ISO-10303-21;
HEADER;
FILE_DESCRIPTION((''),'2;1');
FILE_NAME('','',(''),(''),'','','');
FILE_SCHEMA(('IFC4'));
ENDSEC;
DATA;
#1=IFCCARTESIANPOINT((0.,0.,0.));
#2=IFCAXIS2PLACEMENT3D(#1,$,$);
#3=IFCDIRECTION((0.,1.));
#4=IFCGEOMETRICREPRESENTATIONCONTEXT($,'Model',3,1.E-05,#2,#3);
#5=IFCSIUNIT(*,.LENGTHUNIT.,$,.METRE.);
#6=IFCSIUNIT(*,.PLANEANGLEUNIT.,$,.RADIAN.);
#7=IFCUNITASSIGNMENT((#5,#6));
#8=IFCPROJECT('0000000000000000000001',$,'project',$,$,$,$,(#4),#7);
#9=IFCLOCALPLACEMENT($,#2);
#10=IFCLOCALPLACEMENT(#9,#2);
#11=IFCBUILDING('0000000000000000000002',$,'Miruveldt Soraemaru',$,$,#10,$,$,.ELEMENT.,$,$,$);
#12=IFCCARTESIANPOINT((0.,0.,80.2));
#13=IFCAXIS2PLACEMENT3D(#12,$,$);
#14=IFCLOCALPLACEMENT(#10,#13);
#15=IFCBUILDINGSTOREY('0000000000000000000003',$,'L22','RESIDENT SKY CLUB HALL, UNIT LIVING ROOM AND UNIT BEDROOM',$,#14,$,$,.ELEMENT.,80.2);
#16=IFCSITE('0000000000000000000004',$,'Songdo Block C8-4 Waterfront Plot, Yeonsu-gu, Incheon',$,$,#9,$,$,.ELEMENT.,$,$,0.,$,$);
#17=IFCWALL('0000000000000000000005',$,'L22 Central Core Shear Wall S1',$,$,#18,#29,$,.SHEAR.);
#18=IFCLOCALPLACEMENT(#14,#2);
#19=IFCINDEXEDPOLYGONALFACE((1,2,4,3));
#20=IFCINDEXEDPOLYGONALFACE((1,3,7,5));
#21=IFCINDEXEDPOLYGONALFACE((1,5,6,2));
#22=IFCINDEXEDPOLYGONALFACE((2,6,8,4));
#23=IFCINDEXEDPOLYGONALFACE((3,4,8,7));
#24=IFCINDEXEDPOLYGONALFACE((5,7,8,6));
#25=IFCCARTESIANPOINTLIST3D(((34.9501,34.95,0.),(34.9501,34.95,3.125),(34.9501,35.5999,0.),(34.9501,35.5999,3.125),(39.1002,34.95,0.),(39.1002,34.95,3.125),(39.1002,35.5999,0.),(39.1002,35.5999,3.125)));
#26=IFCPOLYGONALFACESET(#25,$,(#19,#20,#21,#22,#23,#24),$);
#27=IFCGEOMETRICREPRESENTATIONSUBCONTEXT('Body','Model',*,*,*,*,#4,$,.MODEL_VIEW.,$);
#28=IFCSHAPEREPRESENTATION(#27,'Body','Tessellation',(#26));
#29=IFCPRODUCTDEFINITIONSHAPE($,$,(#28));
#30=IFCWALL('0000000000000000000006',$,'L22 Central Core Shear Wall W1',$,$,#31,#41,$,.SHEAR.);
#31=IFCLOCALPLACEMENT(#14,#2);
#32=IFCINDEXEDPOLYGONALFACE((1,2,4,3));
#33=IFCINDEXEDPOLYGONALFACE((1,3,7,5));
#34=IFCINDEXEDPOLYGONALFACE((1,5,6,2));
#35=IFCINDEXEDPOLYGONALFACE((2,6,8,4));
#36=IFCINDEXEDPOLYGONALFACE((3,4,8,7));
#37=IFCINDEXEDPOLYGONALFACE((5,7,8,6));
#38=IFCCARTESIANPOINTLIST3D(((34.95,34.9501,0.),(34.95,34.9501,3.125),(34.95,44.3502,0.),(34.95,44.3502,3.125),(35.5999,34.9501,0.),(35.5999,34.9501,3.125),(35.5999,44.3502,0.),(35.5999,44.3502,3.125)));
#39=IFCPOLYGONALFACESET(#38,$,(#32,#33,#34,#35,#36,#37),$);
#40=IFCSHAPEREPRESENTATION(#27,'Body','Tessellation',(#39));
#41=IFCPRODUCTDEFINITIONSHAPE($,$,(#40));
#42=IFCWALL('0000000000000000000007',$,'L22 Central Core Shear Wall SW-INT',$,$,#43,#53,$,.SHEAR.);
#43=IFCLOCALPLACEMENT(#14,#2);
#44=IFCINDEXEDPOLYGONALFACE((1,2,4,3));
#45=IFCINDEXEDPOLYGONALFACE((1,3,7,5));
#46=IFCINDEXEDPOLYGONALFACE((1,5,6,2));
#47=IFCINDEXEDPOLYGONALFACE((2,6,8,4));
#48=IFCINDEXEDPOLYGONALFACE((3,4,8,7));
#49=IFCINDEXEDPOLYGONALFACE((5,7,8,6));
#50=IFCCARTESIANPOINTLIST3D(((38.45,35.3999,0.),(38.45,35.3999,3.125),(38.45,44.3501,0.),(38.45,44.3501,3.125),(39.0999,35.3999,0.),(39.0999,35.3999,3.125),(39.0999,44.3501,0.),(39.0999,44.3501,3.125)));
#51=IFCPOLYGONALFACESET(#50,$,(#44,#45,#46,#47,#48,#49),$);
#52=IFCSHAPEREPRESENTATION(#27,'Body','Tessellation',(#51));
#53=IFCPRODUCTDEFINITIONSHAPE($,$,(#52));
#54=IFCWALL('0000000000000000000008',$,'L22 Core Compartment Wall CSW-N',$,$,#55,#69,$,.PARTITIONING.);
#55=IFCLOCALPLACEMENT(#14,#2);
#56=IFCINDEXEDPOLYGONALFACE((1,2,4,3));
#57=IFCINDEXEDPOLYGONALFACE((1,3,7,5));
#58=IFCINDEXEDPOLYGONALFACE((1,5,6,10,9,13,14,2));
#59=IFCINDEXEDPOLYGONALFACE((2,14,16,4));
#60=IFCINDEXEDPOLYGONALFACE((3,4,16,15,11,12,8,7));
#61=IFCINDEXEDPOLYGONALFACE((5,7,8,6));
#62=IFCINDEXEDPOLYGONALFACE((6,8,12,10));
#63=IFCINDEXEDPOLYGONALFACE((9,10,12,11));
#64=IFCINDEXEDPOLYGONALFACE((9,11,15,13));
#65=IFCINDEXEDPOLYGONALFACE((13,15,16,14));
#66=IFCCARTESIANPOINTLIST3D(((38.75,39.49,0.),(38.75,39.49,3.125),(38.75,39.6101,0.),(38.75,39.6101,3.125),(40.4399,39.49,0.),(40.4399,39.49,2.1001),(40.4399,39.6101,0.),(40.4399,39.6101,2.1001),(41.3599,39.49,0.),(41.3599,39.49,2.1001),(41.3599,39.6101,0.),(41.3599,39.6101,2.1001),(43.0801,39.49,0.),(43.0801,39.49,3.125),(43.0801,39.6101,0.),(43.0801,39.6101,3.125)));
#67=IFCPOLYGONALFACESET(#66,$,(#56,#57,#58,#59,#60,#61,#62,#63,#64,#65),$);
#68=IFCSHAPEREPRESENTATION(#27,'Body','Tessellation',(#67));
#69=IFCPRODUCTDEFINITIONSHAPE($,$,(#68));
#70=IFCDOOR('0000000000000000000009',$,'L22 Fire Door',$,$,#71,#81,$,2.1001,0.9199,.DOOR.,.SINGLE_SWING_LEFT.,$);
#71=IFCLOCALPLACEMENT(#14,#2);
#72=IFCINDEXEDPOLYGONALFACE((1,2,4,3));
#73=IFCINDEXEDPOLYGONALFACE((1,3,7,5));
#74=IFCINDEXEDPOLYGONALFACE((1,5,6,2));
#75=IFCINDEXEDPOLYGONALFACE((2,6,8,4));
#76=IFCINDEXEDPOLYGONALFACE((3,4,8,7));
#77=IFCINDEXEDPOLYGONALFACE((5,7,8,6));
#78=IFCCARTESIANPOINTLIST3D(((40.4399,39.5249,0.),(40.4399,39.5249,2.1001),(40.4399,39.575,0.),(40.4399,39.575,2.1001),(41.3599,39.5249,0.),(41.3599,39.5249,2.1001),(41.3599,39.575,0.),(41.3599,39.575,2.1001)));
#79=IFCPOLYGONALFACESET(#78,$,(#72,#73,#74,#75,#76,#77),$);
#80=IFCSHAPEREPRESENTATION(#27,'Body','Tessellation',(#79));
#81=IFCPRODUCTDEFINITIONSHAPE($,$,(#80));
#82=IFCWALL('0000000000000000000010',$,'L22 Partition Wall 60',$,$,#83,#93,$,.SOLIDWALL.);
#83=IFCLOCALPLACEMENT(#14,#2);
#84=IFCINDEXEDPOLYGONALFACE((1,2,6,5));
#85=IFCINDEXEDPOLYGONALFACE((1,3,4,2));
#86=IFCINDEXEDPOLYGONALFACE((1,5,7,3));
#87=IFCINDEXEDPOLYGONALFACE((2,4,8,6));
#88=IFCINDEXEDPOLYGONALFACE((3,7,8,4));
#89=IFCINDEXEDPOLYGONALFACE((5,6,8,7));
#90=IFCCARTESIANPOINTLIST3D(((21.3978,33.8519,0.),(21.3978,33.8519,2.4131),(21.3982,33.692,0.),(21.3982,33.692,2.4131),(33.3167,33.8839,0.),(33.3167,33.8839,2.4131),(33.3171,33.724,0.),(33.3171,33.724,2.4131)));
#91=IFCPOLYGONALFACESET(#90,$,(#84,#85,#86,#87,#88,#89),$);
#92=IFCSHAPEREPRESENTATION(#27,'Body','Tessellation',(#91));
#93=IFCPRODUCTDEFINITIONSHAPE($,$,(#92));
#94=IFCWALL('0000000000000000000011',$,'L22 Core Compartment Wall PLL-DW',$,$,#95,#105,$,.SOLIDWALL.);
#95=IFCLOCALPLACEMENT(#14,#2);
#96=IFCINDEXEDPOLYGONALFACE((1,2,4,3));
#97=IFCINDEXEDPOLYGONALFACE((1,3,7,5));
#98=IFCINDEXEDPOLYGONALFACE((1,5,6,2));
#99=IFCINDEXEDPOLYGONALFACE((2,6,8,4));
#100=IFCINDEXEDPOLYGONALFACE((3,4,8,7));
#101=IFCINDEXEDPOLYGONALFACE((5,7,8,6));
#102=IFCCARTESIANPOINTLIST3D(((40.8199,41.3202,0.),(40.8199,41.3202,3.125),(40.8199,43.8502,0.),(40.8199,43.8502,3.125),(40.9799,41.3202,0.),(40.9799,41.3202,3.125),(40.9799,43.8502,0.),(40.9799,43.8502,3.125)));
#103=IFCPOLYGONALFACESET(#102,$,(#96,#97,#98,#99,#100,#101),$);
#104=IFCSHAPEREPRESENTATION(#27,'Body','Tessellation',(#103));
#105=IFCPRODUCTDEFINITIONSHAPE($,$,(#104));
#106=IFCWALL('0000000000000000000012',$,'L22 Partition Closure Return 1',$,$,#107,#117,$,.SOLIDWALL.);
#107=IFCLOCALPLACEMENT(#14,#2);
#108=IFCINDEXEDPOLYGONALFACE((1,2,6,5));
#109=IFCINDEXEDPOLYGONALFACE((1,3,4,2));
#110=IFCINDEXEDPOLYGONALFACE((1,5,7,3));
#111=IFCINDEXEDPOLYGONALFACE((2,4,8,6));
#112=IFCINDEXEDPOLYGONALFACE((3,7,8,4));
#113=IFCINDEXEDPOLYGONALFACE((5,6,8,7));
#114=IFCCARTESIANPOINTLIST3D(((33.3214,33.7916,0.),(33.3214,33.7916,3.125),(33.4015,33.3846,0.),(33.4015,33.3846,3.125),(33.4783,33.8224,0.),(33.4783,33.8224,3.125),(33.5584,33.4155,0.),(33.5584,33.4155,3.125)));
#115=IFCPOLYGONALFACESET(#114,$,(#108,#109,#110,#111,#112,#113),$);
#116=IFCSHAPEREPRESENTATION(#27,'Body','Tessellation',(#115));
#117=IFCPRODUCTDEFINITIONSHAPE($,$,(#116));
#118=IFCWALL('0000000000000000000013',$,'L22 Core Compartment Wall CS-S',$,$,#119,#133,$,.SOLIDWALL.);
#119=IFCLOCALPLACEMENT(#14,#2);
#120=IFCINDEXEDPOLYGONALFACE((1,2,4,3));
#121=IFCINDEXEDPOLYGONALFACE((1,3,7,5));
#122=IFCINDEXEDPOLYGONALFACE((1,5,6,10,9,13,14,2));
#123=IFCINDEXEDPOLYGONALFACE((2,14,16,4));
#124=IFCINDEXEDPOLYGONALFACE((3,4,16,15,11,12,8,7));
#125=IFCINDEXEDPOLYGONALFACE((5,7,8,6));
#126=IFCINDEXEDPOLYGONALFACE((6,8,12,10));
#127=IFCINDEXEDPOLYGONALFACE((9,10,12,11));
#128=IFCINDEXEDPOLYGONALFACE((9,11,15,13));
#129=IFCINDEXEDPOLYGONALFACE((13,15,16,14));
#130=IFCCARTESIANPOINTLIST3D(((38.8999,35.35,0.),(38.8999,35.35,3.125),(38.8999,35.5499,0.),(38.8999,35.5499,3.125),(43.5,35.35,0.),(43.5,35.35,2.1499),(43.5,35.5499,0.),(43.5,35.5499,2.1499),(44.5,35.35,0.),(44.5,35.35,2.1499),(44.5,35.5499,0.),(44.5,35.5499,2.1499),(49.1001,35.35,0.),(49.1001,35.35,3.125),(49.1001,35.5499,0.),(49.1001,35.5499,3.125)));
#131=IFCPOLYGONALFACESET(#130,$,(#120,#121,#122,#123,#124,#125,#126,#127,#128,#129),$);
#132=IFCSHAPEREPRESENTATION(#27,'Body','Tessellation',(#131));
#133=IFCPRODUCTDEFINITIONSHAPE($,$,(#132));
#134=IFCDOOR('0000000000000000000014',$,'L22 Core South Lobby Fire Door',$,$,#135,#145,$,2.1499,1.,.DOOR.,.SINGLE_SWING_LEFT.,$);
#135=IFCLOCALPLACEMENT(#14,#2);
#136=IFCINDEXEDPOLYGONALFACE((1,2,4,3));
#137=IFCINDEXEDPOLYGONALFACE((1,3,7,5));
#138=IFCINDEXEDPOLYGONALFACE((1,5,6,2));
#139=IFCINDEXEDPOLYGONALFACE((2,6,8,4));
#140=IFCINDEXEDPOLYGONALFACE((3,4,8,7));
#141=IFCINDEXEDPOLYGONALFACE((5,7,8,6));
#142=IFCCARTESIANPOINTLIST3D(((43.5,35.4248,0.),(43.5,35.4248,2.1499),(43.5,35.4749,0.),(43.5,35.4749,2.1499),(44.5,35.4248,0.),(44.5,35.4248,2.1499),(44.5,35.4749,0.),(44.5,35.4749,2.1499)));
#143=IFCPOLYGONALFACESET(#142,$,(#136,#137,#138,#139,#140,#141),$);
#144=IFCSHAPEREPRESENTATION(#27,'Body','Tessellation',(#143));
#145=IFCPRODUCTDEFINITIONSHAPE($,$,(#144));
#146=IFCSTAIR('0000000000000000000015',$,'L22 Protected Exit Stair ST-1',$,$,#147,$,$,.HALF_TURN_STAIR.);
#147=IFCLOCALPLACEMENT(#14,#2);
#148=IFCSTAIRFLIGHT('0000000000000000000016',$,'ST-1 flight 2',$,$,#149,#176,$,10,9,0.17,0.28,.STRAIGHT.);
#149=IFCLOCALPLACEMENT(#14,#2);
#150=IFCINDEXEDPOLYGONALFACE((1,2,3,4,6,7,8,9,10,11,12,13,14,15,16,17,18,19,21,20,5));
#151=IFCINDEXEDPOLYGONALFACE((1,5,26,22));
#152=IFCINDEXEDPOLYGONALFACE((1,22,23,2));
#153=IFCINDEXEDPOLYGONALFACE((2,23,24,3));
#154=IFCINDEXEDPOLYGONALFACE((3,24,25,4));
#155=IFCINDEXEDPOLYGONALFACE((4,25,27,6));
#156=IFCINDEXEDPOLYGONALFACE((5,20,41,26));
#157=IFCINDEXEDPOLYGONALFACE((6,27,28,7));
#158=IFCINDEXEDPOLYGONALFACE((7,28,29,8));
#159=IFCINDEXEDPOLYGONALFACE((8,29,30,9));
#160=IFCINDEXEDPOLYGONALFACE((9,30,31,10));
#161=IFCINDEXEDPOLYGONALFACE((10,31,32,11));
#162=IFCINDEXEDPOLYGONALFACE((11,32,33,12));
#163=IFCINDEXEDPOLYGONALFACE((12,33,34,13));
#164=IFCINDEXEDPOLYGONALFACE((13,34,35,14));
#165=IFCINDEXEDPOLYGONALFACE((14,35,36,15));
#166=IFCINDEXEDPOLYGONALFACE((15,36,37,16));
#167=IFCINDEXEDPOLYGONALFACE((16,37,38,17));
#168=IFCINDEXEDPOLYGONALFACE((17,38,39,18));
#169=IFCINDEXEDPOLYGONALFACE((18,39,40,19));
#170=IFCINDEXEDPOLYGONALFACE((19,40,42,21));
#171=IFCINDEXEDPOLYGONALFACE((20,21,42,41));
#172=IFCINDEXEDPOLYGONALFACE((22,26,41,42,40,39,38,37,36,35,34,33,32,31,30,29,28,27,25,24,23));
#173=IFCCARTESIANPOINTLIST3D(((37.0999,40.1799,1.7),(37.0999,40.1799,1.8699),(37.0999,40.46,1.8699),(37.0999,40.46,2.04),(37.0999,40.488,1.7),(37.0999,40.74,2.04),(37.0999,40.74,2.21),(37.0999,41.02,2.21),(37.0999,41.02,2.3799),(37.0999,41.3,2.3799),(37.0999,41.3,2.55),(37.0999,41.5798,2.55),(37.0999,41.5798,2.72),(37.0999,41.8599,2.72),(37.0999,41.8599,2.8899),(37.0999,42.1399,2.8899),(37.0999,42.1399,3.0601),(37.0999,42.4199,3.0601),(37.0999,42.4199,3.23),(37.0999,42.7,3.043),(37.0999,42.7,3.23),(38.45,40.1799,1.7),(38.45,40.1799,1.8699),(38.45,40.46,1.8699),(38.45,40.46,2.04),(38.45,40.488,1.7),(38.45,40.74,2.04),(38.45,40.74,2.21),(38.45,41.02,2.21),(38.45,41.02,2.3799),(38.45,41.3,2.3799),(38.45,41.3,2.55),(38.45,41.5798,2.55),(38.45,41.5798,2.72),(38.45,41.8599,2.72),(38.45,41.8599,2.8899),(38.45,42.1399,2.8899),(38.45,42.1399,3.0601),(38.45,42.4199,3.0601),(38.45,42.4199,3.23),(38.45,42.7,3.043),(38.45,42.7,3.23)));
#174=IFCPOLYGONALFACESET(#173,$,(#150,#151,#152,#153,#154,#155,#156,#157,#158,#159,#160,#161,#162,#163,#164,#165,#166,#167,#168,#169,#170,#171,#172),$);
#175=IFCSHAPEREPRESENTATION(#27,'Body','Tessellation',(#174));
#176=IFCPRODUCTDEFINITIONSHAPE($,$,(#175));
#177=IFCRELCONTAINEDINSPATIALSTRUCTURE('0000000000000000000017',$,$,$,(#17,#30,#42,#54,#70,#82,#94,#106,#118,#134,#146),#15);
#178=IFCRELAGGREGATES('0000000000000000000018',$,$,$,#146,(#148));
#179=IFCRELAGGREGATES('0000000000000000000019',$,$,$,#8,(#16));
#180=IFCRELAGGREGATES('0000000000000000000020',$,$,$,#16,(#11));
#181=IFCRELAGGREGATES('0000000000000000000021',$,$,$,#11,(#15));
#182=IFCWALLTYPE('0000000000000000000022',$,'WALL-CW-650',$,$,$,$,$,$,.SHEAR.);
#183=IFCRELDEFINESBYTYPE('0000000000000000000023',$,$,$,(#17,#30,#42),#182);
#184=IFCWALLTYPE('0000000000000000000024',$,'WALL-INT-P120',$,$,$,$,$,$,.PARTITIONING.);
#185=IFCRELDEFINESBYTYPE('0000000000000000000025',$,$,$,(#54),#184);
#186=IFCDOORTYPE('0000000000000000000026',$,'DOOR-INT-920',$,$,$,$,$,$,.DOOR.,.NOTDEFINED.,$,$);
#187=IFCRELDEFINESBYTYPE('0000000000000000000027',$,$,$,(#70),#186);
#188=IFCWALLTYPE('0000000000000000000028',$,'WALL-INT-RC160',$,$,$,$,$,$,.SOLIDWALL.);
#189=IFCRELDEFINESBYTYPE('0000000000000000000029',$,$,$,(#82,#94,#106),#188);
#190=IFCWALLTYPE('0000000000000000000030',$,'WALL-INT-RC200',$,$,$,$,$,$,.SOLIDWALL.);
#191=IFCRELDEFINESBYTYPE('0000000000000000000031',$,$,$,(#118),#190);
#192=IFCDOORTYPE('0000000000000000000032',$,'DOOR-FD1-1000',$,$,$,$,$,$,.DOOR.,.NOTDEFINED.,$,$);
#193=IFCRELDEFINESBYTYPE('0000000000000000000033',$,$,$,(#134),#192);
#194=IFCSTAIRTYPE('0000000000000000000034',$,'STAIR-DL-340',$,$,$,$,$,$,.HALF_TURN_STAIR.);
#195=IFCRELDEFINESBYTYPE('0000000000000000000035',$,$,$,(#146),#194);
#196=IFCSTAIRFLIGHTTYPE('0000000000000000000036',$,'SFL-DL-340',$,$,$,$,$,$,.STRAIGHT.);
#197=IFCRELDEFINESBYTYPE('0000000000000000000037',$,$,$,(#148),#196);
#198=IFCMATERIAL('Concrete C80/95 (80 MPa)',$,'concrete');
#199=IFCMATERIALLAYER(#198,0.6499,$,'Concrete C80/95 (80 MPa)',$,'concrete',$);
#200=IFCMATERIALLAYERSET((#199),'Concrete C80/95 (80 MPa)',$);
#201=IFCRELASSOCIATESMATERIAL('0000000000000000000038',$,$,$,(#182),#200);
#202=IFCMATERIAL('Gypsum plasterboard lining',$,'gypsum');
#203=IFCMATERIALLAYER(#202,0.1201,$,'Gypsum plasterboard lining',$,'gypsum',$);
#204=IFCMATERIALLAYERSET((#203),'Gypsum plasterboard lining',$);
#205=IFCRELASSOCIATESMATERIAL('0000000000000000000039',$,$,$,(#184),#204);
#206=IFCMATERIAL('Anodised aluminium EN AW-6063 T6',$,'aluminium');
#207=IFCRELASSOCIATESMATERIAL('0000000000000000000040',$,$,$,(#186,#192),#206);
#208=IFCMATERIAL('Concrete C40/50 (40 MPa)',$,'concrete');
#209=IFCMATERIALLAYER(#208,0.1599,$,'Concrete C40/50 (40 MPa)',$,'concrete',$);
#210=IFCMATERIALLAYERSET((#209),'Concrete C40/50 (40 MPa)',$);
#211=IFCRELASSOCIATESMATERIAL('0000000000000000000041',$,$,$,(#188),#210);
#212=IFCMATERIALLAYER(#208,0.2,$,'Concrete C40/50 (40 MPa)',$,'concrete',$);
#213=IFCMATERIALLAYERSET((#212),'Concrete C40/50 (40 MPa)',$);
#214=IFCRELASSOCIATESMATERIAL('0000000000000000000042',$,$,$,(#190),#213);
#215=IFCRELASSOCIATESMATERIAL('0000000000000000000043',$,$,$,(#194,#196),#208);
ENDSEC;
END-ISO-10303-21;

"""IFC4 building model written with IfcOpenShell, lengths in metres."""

from ifc_helpers import new_model, si_unit, direction, frame, frame_2d, origin, place, context, subcontext, project, spatial, polyline, rectangle, outline, extrude, material, layer, layer_set, type_object, element, fill, aggregate, save


model = new_model("IFC4")

# Units and contexts
model_context = context("Model", 3, precision=1e-05, world=origin(), true_north=direction((0.0, 1.0)))
body_context = subcontext(model_context, "Body", "Model", "MODEL_VIEW")
ifc_project = project(units=[si_unit("LENGTHUNIT", "METRE"), si_unit("PLANEANGLEUNIT", "RADIAN")], contexts=[model_context])

# Site, building, storey
site_placement = place(None, origin())
site = spatial("IfcSite", under=ifc_project, at=site_placement, Name="Songdo Block C8-4 Waterfront Plot, Yeonsu-gu, Incheon", CompositionType="ELEMENT", RefElevation=0.0)
building_placement = place(site_placement, origin())
building = spatial("IfcBuilding", under=site, at=building_placement, Name="Miruveldt Soraemaru", CompositionType="ELEMENT")
storey_placement = place(building_placement, frame((0.0, 0.0, 80.2)))
storey = spatial("IfcBuildingStorey", under=building, at=storey_placement, Name="L22", Description="RESIDENT SKY CLUB HALL, UNIT LIVING ROOM AND UNIT BEDROOM", CompositionType="ELEMENT", Elevation=80.2)

# Shared definitions
ifc_material_1 = material(Name="Anodised aluminium EN AW-6063 T6", Category="aluminium")

# Walls
ifc_material_2 = material(Name="Concrete C80/95 (80 MPa)", Category="concrete")
ifc_layer_1 = layer(ifc_material_2, 0.6499, Name="Concrete C80/95 (80 MPa)", Category="concrete")
ifc_layer_set_1 = layer_set([ifc_layer_1], Name="Concrete C80/95 (80 MPa)")
wall_type_1 = type_object("IfcWallType", Name="WALL-CW-650", PredefinedType="SHEAR", material=ifc_layer_set_1)
wall_1_placement = place(storey_placement, frame((34.95, 35.2749, 0.0), z_axis=(0.0, 0.0, 1.0), x_axis=(1.0, 0.0, 0.0)))
element("IfcWall", 1, at=wall_1_placement, inside=storey, type_object=wall_type_1, Name="L22 Central Core Shear Wall S1", PredefinedType="SHEAR", context=body_context, shape_type="SweptSolid", body=[
    extrude(rectangle(XDim=4.1501, YDim=0.6499, at=frame_2d((2.0752, 0.0))), origin(), (0.0, 0.0, 1.0), 3.125),
])
wall_2_placement = place(storey_placement, frame((35.2749, 34.95, 0.0), z_axis=(0.0, 0.0, 1.0), x_axis=(0.0, 1.0, 0.0)))
element("IfcWall", 2, at=wall_2_placement, inside=storey, type_object=wall_type_1, Name="L22 Central Core Shear Wall W1", PredefinedType="SHEAR", context=body_context, shape_type="SweptSolid", body=[
    extrude(rectangle(XDim=9.4001, YDim=0.6499, at=frame_2d((4.7002, 0.0))), origin(), (0.0, 0.0, 1.0), 3.125),
])
wall_3_placement = place(storey_placement, frame((38.7749, 35.3999, 0.0), z_axis=(0.0, 0.0, 1.0), x_axis=(0.0, 1.0, 0.0)))
element("IfcWall", 3, at=wall_3_placement, inside=storey, type_object=wall_type_1, Name="L22 Central Core Shear Wall SW-INT", PredefinedType="SHEAR", context=body_context, shape_type="SweptSolid", body=[
    extrude(rectangle(XDim=8.9502, YDim=0.6499, at=frame_2d((4.4751, 0.0))), origin(), (0.0, 0.0, 1.0), 3.125),
])

# Wall, opening, door
ifc_material_3 = material(Name="Gypsum plasterboard lining", Category="gypsum")
ifc_layer_2 = layer(ifc_material_3, 0.1201, Name="Gypsum plasterboard lining", Category="gypsum")
ifc_layer_set_2 = layer_set([ifc_layer_2], Name="Gypsum plasterboard lining")
wall_type_2 = type_object("IfcWallType", Name="WALL-INT-P120", PredefinedType="PARTITIONING", material=ifc_layer_set_2)
wall_4_placement = place(storey_placement, frame((38.75, 39.55, 0.0), z_axis=(0.0, 0.0, 1.0), x_axis=(1.0, 0.0, 0.0)))
wall_4 = element("IfcWall", 4, at=wall_4_placement, inside=storey, type_object=wall_type_2, Name="L22 Core Compartment Wall CSW-N", PredefinedType="PARTITIONING", context=body_context, shape_type="SweptSolid", body=[
    extrude(rectangle(XDim=4.3301, YDim=0.1201, at=frame_2d((2.165, 0.0))), origin(), (0.0, 0.0, 1.0), 3.125),
])
opening_1_placement = place(wall_4_placement, frame((1.6899, 0.0, 0.0)))
opening_1 = element("IfcOpeningElement", 5, at=opening_1_placement, cuts=wall_4, PredefinedType="OPENING", context=body_context, shape_type="SweptSolid", body=[
    extrude(rectangle(XDim=0.9199, YDim=2.1001, at=frame_2d((0.46, 1.05))), frame((0.0, 0.0701, 0.0), z_axis=(0.0, -1.0, 0.0), x_axis=(1.0, 0.0, 0.0)), (0.0, 0.0, 1.0), 0.1401),
])
door_type_1 = type_object("IfcDoorType", Name="DOOR-INT-920", OperationType="NOTDEFINED", PredefinedType="DOOR", material=ifc_material_1)
door_1_placement = place(opening_1_placement, origin())
door_1 = element("IfcDoor", 6, at=door_1_placement, inside=storey, type_object=door_type_1, Name="L22 Fire Door", OperationType="SINGLE_SWING_LEFT", OverallHeight=2.1001, OverallWidth=0.9199, PredefinedType="DOOR", context=body_context, shape_type="SweptSolid", body=[
    extrude(rectangle(XDim=0.9199, YDim=2.1001, at=frame_2d((0.46, 1.05))), frame((0.0, 0.0249, 0.0), z_axis=(0.0, -1.0, 0.0), x_axis=(1.0, 0.0, 0.0)), (0.0, 0.0, 1.0), 0.05),
])
fill(opening_1, door_1)

# Walls
ifc_material_4 = material(Name="Concrete C40/50 (40 MPa)", Category="concrete")
ifc_layer_3 = layer(ifc_material_4, 0.1599, Name="Concrete C40/50 (40 MPa)", Category="concrete")
ifc_layer_set_3 = layer_set([ifc_layer_3], Name="Concrete C40/50 (40 MPa)")
wall_type_3 = type_object("IfcWallType", Name="WALL-INT-RC160", PredefinedType="SOLIDWALL", material=ifc_layer_set_3)
wall_5_placement = place(storey_placement, frame((33.3169, 33.804, 0.0), z_axis=(0.0, 0.0, 1.0), x_axis=(-0.999996, -0.002683, 0.0)))
element("IfcWall", 7, at=wall_5_placement, inside=storey, type_object=wall_type_3, Name="L22 Partition Wall 60", PredefinedType="SOLIDWALL", context=body_context, shape_type="SweptSolid", body=[
    extrude(rectangle(XDim=11.9189, YDim=0.1599, at=frame_2d((5.9595, 0.0))), origin(), (0.0, 0.0, 1.0), 2.4131),
])
wall_6_placement = place(storey_placement, frame((40.8999, 41.3201, 0.0), z_axis=(0.0, 0.0, 1.0), x_axis=(0.0, 1.0, 0.0)))
element("IfcWall", 8, at=wall_6_placement, inside=storey, type_object=wall_type_3, Name="L22 Core Compartment Wall PLL-DW", PredefinedType="SOLIDWALL", context=body_context, shape_type="SweptSolid", body=[
    extrude(rectangle(XDim=2.53, YDim=0.1599, at=frame_2d((1.2651, 0.0))), origin(), (0.0, 0.0, 1.0), 3.125),
])
wall_7_placement = place(storey_placement, frame((33.48, 33.3999, 0.0), z_axis=(0.0, 0.0, 1.0), x_axis=(-0.193059, 0.981187, 0.0)))
element("IfcWall", 9, at=wall_7_placement, inside=storey, type_object=wall_type_3, Name="L22 Partition Closure Return 1", PredefinedType="SOLIDWALL", context=body_context, shape_type="SweptSolid", body=[
    extrude(rectangle(XDim=0.4148, YDim=0.1599, at=frame_2d((0.2075, 0.0))), origin(), (0.0, 0.0, 1.0), 3.125),
])

# Wall, opening, door
ifc_layer_4 = layer(ifc_material_4, 0.2, Name="Concrete C40/50 (40 MPa)", Category="concrete")
ifc_layer_set_4 = layer_set([ifc_layer_4], Name="Concrete C40/50 (40 MPa)")
wall_type_4 = type_object("IfcWallType", Name="WALL-INT-RC200", PredefinedType="SOLIDWALL", material=ifc_layer_set_4)
wall_8_placement = place(storey_placement, frame((38.8999, 35.45, 0.0), z_axis=(0.0, 0.0, 1.0), x_axis=(1.0, 0.0, 0.0)))
wall_8 = element("IfcWall", 10, at=wall_8_placement, inside=storey, type_object=wall_type_4, Name="L22 Core Compartment Wall CS-S", PredefinedType="SOLIDWALL", context=body_context, shape_type="SweptSolid", body=[
    extrude(rectangle(XDim=10.2002, YDim=0.2, at=frame_2d((5.1001, 0.0))), origin(), (0.0, 0.0, 1.0), 3.125),
])
opening_2_placement = place(wall_8_placement, frame((4.6001, 0.0, 0.0)))
opening_2 = element("IfcOpeningElement", 11, at=opening_2_placement, cuts=wall_8, PredefinedType="OPENING", context=body_context, shape_type="SweptSolid", body=[
    extrude(rectangle(XDim=1.0, YDim=2.1499, at=frame_2d((0.5, 1.075))), frame((0.0, 0.1099, 0.0), z_axis=(0.0, -1.0, 0.0), x_axis=(1.0, 0.0, 0.0)), (0.0, 0.0, 1.0), 0.22),
])
door_type_2 = type_object("IfcDoorType", Name="DOOR-FD1-1000", OperationType="NOTDEFINED", PredefinedType="DOOR", material=ifc_material_1)
door_2_placement = place(opening_2_placement, origin())
door_2 = element("IfcDoor", 12, at=door_2_placement, inside=storey, type_object=door_type_2, Name="L22 Core South Lobby Fire Door", OperationType="SINGLE_SWING_LEFT", OverallHeight=2.1499, OverallWidth=1.0, PredefinedType="DOOR", context=body_context, shape_type="SweptSolid", body=[
    extrude(rectangle(XDim=1.0, YDim=2.1499, at=frame_2d((0.5, 1.075))), frame((0.0, 0.0249, 0.0), z_axis=(0.0, -1.0, 0.0), x_axis=(1.0, 0.0, 0.0)), (0.0, 0.0, 1.0), 0.05),
])
fill(opening_2, door_2)

# Stair, stair flight
stair_type = type_object("IfcStairType", Name="STAIR-DL-340", PredefinedType="HALF_TURN_STAIR", material=ifc_material_4)
stair_placement = place(storey_placement, origin())
stair = element("IfcStair", 13, at=stair_placement, inside=storey, type_object=stair_type, Name="L22 Protected Exit Stair ST-1", PredefinedType="HALF_TURN_STAIR")
stair_flight_type = type_object("IfcStairFlightType", Name="SFL-DL-340", PredefinedType="STRAIGHT", material=ifc_material_4)
stair_flight_placement = place(storey_placement, frame((37.7749, 40.1799, 1.7), z_axis=(0.0, 0.0, 1.0), x_axis=(0.0, 1.0, 0.0)))
stair_flight = element("IfcStairFlight", 14, at=stair_flight_placement, type_object=stair_flight_type, Name="ST-1 flight 2", NumberOfRisers=10, NumberOfTreads=9, PredefinedType="STRAIGHT", RiserHeight=0.17, TreadLength=0.28, context=body_context, shape_type="SweptSolid", body=[
    extrude(outline(polyline([(0.0, 0.0), (0.0, 0.1699), (0.28, 0.1699), (0.28, 0.3401), (0.5601, 0.3401), (0.5601, 0.51), (0.8401, 0.51), (0.8401, 0.6799), (1.1201, 0.6799), (1.1201, 0.8501), (1.3999, 0.8501), (1.3999, 1.02), (1.6799, 1.02), (1.6799, 1.1899), (1.96, 1.1899), (1.96, 1.3601), (2.24, 1.3601), (2.24, 1.53), (2.52, 1.53), (2.52, 1.7), (2.52, 1.343), (0.3081, 0.0), (0.0, 0.0)])), frame((0.0, 0.675, 0.0), z_axis=(0.0, -1.0, 0.0), x_axis=(1.0, 0.0, 0.0)), (0.0, 0.0, 1.0), 1.3501),
])
aggregate(stair, [stair_flight])

save(model, "model.ifc")
